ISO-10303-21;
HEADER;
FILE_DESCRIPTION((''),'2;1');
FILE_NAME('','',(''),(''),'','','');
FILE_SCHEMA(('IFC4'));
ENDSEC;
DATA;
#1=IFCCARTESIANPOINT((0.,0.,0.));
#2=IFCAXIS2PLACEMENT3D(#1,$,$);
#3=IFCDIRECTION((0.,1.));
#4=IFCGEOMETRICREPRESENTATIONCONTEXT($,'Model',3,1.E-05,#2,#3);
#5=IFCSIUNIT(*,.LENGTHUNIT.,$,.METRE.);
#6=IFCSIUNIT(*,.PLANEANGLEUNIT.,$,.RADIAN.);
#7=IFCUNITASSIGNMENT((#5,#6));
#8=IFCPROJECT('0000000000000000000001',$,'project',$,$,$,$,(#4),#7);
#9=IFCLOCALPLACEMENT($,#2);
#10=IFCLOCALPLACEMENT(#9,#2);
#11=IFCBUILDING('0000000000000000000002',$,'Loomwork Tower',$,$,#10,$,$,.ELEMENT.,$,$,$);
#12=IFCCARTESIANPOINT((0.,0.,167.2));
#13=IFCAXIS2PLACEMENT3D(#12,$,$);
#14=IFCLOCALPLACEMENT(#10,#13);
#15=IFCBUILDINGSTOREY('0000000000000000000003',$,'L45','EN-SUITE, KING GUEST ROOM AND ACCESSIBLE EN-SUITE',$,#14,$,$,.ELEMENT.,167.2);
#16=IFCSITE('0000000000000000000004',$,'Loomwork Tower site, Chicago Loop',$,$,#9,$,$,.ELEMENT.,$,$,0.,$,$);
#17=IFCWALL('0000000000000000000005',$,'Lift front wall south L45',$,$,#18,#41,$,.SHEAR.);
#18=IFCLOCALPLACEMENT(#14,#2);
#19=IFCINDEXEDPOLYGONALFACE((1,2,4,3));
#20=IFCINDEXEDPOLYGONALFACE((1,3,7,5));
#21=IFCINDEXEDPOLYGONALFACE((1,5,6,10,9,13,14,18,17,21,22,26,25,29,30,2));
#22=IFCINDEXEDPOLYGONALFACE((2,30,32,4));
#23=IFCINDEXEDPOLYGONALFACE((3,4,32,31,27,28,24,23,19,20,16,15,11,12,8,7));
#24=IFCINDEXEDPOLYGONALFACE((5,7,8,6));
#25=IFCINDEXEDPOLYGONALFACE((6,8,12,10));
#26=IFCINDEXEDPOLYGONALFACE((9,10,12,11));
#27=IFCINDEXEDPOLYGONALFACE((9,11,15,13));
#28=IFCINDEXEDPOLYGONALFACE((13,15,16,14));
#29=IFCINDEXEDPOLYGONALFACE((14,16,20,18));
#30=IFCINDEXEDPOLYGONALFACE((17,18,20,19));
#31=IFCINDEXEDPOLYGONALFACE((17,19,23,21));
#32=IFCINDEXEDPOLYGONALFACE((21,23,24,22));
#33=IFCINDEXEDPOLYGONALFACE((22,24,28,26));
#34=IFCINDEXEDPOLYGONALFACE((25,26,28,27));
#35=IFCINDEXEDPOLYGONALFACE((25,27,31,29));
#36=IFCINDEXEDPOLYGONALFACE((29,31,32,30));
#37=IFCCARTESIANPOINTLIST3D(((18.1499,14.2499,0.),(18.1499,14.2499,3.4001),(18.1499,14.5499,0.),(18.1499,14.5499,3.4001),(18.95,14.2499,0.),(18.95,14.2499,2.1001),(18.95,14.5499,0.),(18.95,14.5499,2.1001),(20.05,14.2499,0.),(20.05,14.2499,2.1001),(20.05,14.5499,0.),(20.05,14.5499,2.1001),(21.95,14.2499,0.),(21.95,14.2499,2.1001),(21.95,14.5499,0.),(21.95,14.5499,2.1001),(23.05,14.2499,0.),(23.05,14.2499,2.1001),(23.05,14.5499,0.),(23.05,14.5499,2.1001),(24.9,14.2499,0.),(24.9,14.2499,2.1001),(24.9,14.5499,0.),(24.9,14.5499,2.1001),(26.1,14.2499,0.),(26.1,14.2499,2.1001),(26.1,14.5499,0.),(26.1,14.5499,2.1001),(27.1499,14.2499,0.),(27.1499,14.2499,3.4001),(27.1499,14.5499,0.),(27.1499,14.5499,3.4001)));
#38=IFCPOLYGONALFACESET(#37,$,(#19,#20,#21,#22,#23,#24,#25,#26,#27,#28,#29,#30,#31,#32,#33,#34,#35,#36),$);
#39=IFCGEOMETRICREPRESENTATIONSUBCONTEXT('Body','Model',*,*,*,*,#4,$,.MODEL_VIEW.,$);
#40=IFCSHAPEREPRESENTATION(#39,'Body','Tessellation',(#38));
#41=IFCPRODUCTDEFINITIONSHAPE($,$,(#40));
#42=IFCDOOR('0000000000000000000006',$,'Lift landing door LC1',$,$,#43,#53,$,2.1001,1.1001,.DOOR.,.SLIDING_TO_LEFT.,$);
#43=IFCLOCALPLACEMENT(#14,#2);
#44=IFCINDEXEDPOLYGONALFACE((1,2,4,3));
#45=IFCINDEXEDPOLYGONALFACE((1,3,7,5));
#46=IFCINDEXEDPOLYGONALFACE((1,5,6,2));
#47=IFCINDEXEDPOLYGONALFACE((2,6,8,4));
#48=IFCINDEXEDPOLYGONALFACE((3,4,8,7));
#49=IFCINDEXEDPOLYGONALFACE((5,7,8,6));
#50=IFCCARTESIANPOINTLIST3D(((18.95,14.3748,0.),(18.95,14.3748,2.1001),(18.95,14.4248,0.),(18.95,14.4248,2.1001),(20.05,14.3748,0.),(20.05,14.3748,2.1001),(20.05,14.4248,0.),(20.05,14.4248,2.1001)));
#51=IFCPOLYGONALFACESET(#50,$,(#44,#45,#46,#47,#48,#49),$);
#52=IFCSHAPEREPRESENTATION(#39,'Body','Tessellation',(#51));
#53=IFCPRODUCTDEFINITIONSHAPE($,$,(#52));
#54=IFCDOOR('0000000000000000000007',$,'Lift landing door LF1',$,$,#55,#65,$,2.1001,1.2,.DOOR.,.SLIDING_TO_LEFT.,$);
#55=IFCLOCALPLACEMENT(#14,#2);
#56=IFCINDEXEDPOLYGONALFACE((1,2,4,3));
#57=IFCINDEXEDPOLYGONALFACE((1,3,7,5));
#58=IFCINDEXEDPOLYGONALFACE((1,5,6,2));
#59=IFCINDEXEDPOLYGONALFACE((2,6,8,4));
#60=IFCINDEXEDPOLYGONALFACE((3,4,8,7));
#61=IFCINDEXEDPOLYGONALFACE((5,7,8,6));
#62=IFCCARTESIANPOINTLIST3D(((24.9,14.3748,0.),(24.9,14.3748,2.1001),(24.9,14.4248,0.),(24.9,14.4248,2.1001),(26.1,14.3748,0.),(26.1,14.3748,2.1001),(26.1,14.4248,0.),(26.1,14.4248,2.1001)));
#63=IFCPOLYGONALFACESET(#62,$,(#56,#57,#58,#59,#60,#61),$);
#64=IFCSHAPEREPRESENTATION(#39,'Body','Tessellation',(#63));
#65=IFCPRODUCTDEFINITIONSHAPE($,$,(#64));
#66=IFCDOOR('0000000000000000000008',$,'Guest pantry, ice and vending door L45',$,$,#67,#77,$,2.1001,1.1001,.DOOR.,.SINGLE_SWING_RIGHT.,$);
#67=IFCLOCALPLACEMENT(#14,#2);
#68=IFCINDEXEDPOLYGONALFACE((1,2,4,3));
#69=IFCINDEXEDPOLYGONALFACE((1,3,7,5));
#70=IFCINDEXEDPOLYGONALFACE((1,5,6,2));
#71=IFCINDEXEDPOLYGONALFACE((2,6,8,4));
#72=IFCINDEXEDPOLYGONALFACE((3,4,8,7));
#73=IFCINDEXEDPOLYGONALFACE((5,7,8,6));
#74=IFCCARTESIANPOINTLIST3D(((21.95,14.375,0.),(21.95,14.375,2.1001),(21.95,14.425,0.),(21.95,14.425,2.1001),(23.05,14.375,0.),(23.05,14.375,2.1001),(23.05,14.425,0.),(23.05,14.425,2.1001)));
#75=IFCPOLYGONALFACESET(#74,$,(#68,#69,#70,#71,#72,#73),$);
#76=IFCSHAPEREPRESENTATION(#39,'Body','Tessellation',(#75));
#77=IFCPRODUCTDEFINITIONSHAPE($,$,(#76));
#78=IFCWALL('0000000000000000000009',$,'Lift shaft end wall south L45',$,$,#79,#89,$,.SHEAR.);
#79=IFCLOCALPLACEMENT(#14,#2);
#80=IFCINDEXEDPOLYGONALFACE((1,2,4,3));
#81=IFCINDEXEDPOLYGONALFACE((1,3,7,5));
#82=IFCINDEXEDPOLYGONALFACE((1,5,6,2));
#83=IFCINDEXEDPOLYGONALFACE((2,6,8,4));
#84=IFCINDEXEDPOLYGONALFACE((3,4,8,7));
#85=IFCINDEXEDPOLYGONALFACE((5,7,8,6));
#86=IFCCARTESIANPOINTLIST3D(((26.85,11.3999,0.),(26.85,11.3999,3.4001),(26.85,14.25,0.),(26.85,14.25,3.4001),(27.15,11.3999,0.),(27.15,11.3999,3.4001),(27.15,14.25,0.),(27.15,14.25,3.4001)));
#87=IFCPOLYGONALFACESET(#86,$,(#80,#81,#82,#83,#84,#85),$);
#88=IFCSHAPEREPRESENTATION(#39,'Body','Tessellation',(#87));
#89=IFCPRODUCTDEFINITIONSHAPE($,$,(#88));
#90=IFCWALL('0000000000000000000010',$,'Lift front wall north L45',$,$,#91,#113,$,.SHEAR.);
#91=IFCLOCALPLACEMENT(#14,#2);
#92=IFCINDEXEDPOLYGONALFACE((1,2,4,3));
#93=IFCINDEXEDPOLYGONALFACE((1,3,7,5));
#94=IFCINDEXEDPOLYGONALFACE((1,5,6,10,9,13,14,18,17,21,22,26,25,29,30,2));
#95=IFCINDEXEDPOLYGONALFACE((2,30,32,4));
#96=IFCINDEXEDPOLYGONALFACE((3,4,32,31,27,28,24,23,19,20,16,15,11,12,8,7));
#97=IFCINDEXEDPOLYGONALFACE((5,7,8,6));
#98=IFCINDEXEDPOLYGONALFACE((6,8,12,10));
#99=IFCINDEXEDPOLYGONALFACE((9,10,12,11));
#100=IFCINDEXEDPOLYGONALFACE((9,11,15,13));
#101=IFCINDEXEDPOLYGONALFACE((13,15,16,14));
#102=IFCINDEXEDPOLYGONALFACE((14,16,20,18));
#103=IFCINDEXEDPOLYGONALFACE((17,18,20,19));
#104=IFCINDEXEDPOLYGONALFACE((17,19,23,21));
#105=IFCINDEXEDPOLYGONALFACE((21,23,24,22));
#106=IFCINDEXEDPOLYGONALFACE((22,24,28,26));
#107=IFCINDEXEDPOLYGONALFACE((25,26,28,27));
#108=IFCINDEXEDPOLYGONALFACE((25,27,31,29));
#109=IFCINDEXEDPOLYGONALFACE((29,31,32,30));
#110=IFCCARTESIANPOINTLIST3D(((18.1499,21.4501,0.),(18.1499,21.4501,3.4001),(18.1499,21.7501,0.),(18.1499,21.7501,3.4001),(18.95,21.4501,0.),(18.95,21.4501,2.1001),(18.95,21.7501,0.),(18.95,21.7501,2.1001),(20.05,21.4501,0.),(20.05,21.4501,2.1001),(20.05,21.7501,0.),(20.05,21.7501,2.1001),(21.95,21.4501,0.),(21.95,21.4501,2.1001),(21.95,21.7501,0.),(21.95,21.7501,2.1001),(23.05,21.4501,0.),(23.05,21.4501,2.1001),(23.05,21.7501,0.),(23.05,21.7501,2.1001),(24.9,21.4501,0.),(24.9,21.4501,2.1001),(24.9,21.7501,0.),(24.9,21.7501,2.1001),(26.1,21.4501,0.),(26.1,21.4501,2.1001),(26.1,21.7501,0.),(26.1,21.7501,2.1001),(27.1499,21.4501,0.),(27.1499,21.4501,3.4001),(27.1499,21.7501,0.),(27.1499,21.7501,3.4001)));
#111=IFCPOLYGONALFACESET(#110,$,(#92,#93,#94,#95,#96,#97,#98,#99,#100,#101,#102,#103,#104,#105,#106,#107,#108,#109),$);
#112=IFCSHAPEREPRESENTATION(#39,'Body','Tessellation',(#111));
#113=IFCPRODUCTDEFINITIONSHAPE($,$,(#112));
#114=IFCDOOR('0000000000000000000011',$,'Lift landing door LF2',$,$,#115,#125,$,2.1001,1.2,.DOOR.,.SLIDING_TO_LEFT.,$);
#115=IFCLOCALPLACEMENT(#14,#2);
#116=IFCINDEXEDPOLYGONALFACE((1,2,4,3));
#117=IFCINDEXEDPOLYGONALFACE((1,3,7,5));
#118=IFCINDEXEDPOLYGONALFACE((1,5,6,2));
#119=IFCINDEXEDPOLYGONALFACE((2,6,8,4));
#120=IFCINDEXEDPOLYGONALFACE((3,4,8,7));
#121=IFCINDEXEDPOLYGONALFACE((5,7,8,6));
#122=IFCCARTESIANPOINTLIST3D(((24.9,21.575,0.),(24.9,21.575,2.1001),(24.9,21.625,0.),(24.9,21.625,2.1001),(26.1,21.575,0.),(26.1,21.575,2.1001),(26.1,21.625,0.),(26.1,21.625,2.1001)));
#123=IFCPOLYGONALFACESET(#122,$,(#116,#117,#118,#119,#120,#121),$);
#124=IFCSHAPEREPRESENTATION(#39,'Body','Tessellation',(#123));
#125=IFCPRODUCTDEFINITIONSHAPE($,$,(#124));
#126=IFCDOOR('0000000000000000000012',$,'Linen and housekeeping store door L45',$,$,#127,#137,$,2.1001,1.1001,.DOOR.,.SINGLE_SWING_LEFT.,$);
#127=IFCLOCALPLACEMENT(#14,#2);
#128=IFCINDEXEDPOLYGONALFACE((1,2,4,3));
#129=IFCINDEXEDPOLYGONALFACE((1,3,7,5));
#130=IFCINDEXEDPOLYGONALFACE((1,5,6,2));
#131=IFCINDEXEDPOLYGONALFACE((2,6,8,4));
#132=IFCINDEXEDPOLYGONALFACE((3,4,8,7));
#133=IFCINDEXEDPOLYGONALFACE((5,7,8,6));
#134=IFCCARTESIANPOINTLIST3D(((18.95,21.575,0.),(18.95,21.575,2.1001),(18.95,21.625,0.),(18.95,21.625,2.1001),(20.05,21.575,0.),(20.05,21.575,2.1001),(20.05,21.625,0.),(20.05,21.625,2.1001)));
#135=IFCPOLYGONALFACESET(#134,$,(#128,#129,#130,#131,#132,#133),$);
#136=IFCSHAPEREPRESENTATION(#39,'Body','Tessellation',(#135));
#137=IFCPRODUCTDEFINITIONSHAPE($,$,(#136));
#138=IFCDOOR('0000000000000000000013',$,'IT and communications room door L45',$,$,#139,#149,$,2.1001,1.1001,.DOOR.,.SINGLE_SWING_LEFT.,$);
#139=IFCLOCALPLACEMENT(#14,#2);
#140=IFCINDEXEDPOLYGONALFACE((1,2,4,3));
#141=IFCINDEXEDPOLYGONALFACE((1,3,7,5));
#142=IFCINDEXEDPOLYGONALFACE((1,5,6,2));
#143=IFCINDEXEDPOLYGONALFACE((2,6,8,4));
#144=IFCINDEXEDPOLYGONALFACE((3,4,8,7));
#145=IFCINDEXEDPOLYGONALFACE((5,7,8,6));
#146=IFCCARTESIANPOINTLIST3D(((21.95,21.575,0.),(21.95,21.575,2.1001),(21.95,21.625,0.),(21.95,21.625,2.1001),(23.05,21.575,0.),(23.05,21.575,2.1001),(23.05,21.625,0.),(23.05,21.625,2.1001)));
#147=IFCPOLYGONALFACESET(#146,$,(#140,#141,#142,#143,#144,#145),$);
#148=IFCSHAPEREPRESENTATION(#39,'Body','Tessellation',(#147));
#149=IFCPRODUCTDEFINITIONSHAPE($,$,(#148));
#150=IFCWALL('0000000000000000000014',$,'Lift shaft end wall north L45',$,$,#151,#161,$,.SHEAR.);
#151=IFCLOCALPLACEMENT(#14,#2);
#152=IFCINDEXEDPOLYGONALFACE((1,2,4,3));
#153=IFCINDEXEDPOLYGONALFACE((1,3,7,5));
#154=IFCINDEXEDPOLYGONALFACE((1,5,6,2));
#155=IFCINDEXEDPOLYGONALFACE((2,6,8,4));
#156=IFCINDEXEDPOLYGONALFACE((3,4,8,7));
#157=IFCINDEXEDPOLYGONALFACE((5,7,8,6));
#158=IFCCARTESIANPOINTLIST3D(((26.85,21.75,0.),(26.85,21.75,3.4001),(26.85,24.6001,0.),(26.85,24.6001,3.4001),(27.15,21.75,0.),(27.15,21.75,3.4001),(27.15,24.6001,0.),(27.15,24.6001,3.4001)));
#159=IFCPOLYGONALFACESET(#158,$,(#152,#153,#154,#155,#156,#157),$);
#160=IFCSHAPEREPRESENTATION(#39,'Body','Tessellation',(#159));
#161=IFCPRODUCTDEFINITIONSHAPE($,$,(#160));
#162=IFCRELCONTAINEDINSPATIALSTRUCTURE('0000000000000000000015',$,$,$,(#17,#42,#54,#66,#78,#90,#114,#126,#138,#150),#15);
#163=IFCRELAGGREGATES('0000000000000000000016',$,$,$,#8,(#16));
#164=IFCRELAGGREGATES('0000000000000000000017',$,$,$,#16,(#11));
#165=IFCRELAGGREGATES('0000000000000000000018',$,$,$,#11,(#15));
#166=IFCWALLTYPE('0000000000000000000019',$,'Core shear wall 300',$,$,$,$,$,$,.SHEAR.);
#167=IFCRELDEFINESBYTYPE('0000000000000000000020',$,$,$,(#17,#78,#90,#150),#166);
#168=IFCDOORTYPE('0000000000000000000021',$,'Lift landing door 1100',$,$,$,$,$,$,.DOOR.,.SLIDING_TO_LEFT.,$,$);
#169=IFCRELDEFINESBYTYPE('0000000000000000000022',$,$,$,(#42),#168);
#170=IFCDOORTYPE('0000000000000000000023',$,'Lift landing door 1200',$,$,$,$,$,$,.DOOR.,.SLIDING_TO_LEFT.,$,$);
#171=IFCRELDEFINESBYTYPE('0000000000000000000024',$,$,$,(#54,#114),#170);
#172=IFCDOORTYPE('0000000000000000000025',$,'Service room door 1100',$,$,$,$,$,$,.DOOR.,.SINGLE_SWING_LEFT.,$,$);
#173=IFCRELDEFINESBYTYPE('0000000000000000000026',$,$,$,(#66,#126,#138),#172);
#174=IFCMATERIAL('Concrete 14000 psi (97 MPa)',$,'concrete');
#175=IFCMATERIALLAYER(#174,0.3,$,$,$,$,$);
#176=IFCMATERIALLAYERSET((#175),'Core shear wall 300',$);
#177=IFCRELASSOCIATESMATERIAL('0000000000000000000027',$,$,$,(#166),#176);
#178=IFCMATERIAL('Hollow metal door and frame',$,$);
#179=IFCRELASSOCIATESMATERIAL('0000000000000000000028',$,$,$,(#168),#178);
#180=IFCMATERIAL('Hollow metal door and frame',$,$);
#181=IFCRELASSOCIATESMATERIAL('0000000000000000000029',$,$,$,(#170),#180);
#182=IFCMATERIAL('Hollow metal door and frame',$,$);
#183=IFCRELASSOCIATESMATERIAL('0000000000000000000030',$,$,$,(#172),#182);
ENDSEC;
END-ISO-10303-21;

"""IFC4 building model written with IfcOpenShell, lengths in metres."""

from ifc_helpers import new_model, si_unit, direction, frame, frame_2d, origin, place, context, subcontext, project, spatial, rectangle, extrude, material, layer, layer_set, type_object, element, fill, save


model = new_model("IFC4")

# Units and contexts
model_context = context("Model", 3, precision=1e-05, world=origin(), true_north=direction((0.0, 1.0)))
body_context = subcontext(model_context, "Body", "Model", "MODEL_VIEW")
ifc_project = project(units=[si_unit("LENGTHUNIT", "METRE"), si_unit("PLANEANGLEUNIT", "RADIAN")], contexts=[model_context])

# Site, building, storey
site_placement = place(None, origin())
site = spatial("IfcSite", under=ifc_project, at=site_placement, Name="Loomwork Tower site, Chicago Loop", CompositionType="ELEMENT", RefElevation=0.0)
building_placement = place(site_placement, origin())
building = spatial("IfcBuilding", under=site, at=building_placement, Name="Loomwork Tower", CompositionType="ELEMENT")
storey_placement = place(building_placement, frame((0.0, 0.0, 167.2)))
storey = spatial("IfcBuildingStorey", under=building, at=storey_placement, Name="L45", Description="EN-SUITE, KING GUEST ROOM AND ACCESSIBLE EN-SUITE", CompositionType="ELEMENT", Elevation=167.2)

# Wall, openings, doors
ifc_material_1 = material(Name="Concrete 14000 psi (97 MPa)", Category="concrete")
ifc_layer_1 = layer(ifc_material_1, 0.3)
ifc_layer_set_1 = layer_set([ifc_layer_1], Name="Core shear wall 300")
wall_type_1 = type_object("IfcWallType", Name="Core shear wall 300", PredefinedType="SHEAR", material=ifc_layer_set_1)
wall_1_placement = place(storey_placement, frame((18.1499, 14.3999, 0.0), z_axis=(0.0, 0.0, 1.0), x_axis=(1.0, 0.0, 0.0)))
wall_1 = element("IfcWall", 1, at=wall_1_placement, inside=storey, type_object=wall_type_1, Name="Lift front wall south L45", PredefinedType="SHEAR", context=body_context, shape_type="SweptSolid", body=[
    extrude(rectangle(XDim=9.0, YDim=0.3, at=frame_2d((4.5, 0.0))), origin(), (0.0, 0.0, 1.0), 3.4001),
])
opening_1_placement = place(wall_1_placement, frame((0.8, 0.0, 0.0)))
opening_1 = element("IfcOpeningElement", 2, at=opening_1_placement, cuts=wall_1, PredefinedType="OPENING", context=body_context, shape_type="SweptSolid", body=[
    extrude(rectangle(XDim=1.1001, YDim=2.1001, at=frame_2d((0.55, 1.05))), frame((0.0, 0.1599, 0.0), z_axis=(0.0, -1.0, 0.0), x_axis=(1.0, 0.0, 0.0)), (0.0, 0.0, 1.0), 0.3201),
])
opening_2_placement = place(wall_1_placement, frame((6.75, 0.0, 0.0)))
opening_2 = element("IfcOpeningElement", 3, at=opening_2_placement, cuts=wall_1, PredefinedType="OPENING", context=body_context, shape_type="SweptSolid", body=[
    extrude(rectangle(XDim=1.2, YDim=2.1001, at=frame_2d((0.6001, 1.05))), frame((0.0, 0.1599, 0.0), z_axis=(0.0, -1.0, 0.0), x_axis=(1.0, 0.0, 0.0)), (0.0, 0.0, 1.0), 0.3201),
])
opening_3_placement = place(wall_1_placement, frame((3.8, 0.0, 0.0)))
opening_3 = element("IfcOpeningElement", 4, at=opening_3_placement, cuts=wall_1, PredefinedType="OPENING", context=body_context, shape_type="SweptSolid", body=[
    extrude(rectangle(XDim=1.1001, YDim=2.1001, at=frame_2d((0.55, 1.05))), frame((0.0, 0.1599, 0.0), z_axis=(0.0, -1.0, 0.0), x_axis=(1.0, 0.0, 0.0)), (0.0, 0.0, 1.0), 0.3201),
])
ifc_material_2 = material(Name="Hollow metal door and frame")
door_type_1 = type_object("IfcDoorType", Name="Lift landing door 1100", OperationType="SLIDING_TO_LEFT", PredefinedType="DOOR", material=ifc_material_2)
door_1_placement = place(opening_1_placement, origin())
door_1 = element("IfcDoor", 5, at=door_1_placement, inside=storey, type_object=door_type_1, Name="Lift landing door LC1", OperationType="SLIDING_TO_LEFT", OverallHeight=2.1001, OverallWidth=1.1001, PredefinedType="DOOR", context=body_context, shape_type="SweptSolid", body=[
    extrude(rectangle(XDim=1.1001, YDim=2.1001, at=frame_2d((0.55, 1.05))), frame((0.0, 0.0249, 0.0), z_axis=(0.0, -1.0, 0.0), x_axis=(1.0, 0.0, 0.0)), (0.0, 0.0, 1.0), 0.05),
])
fill(opening_1, door_1)
ifc_material_3 = material(Name="Hollow metal door and frame")
door_type_2 = type_object("IfcDoorType", Name="Lift landing door 1200", OperationType="SLIDING_TO_LEFT", PredefinedType="DOOR", material=ifc_material_3)
door_2_placement = place(opening_2_placement, origin())
door_2 = element("IfcDoor", 6, at=door_2_placement, inside=storey, type_object=door_type_2, Name="Lift landing door LF1", OperationType="SLIDING_TO_LEFT", OverallHeight=2.1001, OverallWidth=1.2, PredefinedType="DOOR", context=body_context, shape_type="SweptSolid", body=[
    extrude(rectangle(XDim=1.2, YDim=2.1001, at=frame_2d((0.6001, 1.05))), frame((0.0, 0.0249, 0.0), z_axis=(0.0, -1.0, 0.0), x_axis=(1.0, 0.0, 0.0)), (0.0, 0.0, 1.0), 0.05),
])
fill(opening_2, door_2)
ifc_material_4 = material(Name="Hollow metal door and frame")
door_type_3 = type_object("IfcDoorType", Name="Service room door 1100", OperationType="SINGLE_SWING_LEFT", PredefinedType="DOOR", material=ifc_material_4)
door_3_placement = place(opening_3_placement, frame((1.1001, 0.0, 0.0), z_axis=(0.0, 0.0, 1.0), x_axis=(-1.0, 0.0, 0.0)))
door_3 = element("IfcDoor", 7, at=door_3_placement, inside=storey, type_object=door_type_3, Name="Guest pantry, ice and vending door L45", OperationType="SINGLE_SWING_RIGHT", OverallHeight=2.1001, OverallWidth=1.1001, PredefinedType="DOOR", context=body_context, shape_type="SweptSolid", body=[
    extrude(rectangle(XDim=1.1001, YDim=2.1001, at=frame_2d((0.55, 1.05))), frame((0.0, 0.0249, 0.0), z_axis=(0.0, -1.0, 0.0), x_axis=(1.0, 0.0, 0.0)), (0.0, 0.0, 1.0), 0.05),
])
fill(opening_3, door_3)

# Wall
wall_2_placement = place(storey_placement, frame((27.0, 11.3999, 0.0), z_axis=(0.0, 0.0, 1.0), x_axis=(0.0, 1.0, 0.0)))
element("IfcWall", 8, at=wall_2_placement, inside=storey, type_object=wall_type_1, Name="Lift shaft end wall south L45", PredefinedType="SHEAR", context=body_context, shape_type="SweptSolid", body=[
    extrude(rectangle(XDim=2.8501, YDim=0.3, at=frame_2d((1.425, 0.0))), origin(), (0.0, 0.0, 1.0), 3.4001),
])

# Wall, openings, doors
wall_3_placement = place(storey_placement, frame((18.1499, 21.6001, 0.0), z_axis=(0.0, 0.0, 1.0), x_axis=(1.0, 0.0, 0.0)))
wall_3 = element("IfcWall", 9, at=wall_3_placement, inside=storey, type_object=wall_type_1, Name="Lift front wall north L45", PredefinedType="SHEAR", context=body_context, shape_type="SweptSolid", body=[
    extrude(rectangle(XDim=9.0, YDim=0.3, at=frame_2d((4.5, 0.0))), origin(), (0.0, 0.0, 1.0), 3.4001),
])
opening_4_placement = place(wall_3_placement, frame((6.75, 0.0, 0.0)))
opening_4 = element("IfcOpeningElement", 10, at=opening_4_placement, cuts=wall_3, PredefinedType="OPENING", context=body_context, shape_type="SweptSolid", body=[
    extrude(rectangle(XDim=1.2, YDim=2.1001, at=frame_2d((0.6001, 1.05))), frame((0.0, 0.1599, 0.0), z_axis=(0.0, -1.0, 0.0), x_axis=(1.0, 0.0, 0.0)), (0.0, 0.0, 1.0), 0.3201),
])
opening_5_placement = place(wall_3_placement, frame((0.8, 0.0, 0.0)))
opening_5 = element("IfcOpeningElement", 11, at=opening_5_placement, cuts=wall_3, PredefinedType="OPENING", context=body_context, shape_type="SweptSolid", body=[
    extrude(rectangle(XDim=1.1001, YDim=2.1001, at=frame_2d((0.55, 1.05))), frame((0.0, 0.1599, 0.0), z_axis=(0.0, -1.0, 0.0), x_axis=(1.0, 0.0, 0.0)), (0.0, 0.0, 1.0), 0.3201),
])
opening_6_placement = place(wall_3_placement, frame((3.8, 0.0, 0.0)))
opening_6 = element("IfcOpeningElement", 12, at=opening_6_placement, cuts=wall_3, PredefinedType="OPENING", context=body_context, shape_type="SweptSolid", body=[
    extrude(rectangle(XDim=1.1001, YDim=2.1001, at=frame_2d((0.55, 1.05))), frame((0.0, 0.1599, 0.0), z_axis=(0.0, -1.0, 0.0), x_axis=(1.0, 0.0, 0.0)), (0.0, 0.0, 1.0), 0.3201),
])
door_4_placement = place(opening_4_placement, origin())
door_4 = element("IfcDoor", 13, at=door_4_placement, inside=storey, type_object=door_type_2, Name="Lift landing door LF2", OperationType="SLIDING_TO_LEFT", OverallHeight=2.1001, OverallWidth=1.2, PredefinedType="DOOR", context=body_context, shape_type="SweptSolid", body=[
    extrude(rectangle(XDim=1.2, YDim=2.1001, at=frame_2d((0.6001, 1.05))), frame((0.0, 0.0249, 0.0), z_axis=(0.0, -1.0, 0.0), x_axis=(1.0, 0.0, 0.0)), (0.0, 0.0, 1.0), 0.05),
])
fill(opening_4, door_4)
door_5_placement = place(opening_5_placement, origin())
door_5 = element("IfcDoor", 14, at=door_5_placement, inside=storey, type_object=door_type_3, Name="Linen and housekeeping store door L45", OperationType="SINGLE_SWING_LEFT", OverallHeight=2.1001, OverallWidth=1.1001, PredefinedType="DOOR", context=body_context, shape_type="SweptSolid", body=[
    extrude(rectangle(XDim=1.1001, YDim=2.1001, at=frame_2d((0.55, 1.05))), frame((0.0, 0.0249, 0.0), z_axis=(0.0, -1.0, 0.0), x_axis=(1.0, 0.0, 0.0)), (0.0, 0.0, 1.0), 0.05),
])
fill(opening_5, door_5)
door_6_placement = place(opening_6_placement, origin())
door_6 = element("IfcDoor", 15, at=door_6_placement, inside=storey, type_object=door_type_3, Name="IT and communications room door L45", OperationType="SINGLE_SWING_LEFT", OverallHeight=2.1001, OverallWidth=1.1001, PredefinedType="DOOR", context=body_context, shape_type="SweptSolid", body=[
    extrude(rectangle(XDim=1.1001, YDim=2.1001, at=frame_2d((0.55, 1.05))), frame((0.0, 0.0249, 0.0), z_axis=(0.0, -1.0, 0.0), x_axis=(1.0, 0.0, 0.0)), (0.0, 0.0, 1.0), 0.05),
])
fill(opening_6, door_6)

# Wall
wall_4_placement = place(storey_placement, frame((27.0, 21.75, 0.0), z_axis=(0.0, 0.0, 1.0), x_axis=(0.0, 1.0, 0.0)))
element("IfcWall", 16, at=wall_4_placement, inside=storey, type_object=wall_type_1, Name="Lift shaft end wall north L45", PredefinedType="SHEAR", context=body_context, shape_type="SweptSolid", body=[
    extrude(rectangle(XDim=2.8501, YDim=0.3, at=frame_2d((1.425, 0.0))), origin(), (0.0, 0.0, 1.0), 3.4001),
])

save(model, "model.ifc")
